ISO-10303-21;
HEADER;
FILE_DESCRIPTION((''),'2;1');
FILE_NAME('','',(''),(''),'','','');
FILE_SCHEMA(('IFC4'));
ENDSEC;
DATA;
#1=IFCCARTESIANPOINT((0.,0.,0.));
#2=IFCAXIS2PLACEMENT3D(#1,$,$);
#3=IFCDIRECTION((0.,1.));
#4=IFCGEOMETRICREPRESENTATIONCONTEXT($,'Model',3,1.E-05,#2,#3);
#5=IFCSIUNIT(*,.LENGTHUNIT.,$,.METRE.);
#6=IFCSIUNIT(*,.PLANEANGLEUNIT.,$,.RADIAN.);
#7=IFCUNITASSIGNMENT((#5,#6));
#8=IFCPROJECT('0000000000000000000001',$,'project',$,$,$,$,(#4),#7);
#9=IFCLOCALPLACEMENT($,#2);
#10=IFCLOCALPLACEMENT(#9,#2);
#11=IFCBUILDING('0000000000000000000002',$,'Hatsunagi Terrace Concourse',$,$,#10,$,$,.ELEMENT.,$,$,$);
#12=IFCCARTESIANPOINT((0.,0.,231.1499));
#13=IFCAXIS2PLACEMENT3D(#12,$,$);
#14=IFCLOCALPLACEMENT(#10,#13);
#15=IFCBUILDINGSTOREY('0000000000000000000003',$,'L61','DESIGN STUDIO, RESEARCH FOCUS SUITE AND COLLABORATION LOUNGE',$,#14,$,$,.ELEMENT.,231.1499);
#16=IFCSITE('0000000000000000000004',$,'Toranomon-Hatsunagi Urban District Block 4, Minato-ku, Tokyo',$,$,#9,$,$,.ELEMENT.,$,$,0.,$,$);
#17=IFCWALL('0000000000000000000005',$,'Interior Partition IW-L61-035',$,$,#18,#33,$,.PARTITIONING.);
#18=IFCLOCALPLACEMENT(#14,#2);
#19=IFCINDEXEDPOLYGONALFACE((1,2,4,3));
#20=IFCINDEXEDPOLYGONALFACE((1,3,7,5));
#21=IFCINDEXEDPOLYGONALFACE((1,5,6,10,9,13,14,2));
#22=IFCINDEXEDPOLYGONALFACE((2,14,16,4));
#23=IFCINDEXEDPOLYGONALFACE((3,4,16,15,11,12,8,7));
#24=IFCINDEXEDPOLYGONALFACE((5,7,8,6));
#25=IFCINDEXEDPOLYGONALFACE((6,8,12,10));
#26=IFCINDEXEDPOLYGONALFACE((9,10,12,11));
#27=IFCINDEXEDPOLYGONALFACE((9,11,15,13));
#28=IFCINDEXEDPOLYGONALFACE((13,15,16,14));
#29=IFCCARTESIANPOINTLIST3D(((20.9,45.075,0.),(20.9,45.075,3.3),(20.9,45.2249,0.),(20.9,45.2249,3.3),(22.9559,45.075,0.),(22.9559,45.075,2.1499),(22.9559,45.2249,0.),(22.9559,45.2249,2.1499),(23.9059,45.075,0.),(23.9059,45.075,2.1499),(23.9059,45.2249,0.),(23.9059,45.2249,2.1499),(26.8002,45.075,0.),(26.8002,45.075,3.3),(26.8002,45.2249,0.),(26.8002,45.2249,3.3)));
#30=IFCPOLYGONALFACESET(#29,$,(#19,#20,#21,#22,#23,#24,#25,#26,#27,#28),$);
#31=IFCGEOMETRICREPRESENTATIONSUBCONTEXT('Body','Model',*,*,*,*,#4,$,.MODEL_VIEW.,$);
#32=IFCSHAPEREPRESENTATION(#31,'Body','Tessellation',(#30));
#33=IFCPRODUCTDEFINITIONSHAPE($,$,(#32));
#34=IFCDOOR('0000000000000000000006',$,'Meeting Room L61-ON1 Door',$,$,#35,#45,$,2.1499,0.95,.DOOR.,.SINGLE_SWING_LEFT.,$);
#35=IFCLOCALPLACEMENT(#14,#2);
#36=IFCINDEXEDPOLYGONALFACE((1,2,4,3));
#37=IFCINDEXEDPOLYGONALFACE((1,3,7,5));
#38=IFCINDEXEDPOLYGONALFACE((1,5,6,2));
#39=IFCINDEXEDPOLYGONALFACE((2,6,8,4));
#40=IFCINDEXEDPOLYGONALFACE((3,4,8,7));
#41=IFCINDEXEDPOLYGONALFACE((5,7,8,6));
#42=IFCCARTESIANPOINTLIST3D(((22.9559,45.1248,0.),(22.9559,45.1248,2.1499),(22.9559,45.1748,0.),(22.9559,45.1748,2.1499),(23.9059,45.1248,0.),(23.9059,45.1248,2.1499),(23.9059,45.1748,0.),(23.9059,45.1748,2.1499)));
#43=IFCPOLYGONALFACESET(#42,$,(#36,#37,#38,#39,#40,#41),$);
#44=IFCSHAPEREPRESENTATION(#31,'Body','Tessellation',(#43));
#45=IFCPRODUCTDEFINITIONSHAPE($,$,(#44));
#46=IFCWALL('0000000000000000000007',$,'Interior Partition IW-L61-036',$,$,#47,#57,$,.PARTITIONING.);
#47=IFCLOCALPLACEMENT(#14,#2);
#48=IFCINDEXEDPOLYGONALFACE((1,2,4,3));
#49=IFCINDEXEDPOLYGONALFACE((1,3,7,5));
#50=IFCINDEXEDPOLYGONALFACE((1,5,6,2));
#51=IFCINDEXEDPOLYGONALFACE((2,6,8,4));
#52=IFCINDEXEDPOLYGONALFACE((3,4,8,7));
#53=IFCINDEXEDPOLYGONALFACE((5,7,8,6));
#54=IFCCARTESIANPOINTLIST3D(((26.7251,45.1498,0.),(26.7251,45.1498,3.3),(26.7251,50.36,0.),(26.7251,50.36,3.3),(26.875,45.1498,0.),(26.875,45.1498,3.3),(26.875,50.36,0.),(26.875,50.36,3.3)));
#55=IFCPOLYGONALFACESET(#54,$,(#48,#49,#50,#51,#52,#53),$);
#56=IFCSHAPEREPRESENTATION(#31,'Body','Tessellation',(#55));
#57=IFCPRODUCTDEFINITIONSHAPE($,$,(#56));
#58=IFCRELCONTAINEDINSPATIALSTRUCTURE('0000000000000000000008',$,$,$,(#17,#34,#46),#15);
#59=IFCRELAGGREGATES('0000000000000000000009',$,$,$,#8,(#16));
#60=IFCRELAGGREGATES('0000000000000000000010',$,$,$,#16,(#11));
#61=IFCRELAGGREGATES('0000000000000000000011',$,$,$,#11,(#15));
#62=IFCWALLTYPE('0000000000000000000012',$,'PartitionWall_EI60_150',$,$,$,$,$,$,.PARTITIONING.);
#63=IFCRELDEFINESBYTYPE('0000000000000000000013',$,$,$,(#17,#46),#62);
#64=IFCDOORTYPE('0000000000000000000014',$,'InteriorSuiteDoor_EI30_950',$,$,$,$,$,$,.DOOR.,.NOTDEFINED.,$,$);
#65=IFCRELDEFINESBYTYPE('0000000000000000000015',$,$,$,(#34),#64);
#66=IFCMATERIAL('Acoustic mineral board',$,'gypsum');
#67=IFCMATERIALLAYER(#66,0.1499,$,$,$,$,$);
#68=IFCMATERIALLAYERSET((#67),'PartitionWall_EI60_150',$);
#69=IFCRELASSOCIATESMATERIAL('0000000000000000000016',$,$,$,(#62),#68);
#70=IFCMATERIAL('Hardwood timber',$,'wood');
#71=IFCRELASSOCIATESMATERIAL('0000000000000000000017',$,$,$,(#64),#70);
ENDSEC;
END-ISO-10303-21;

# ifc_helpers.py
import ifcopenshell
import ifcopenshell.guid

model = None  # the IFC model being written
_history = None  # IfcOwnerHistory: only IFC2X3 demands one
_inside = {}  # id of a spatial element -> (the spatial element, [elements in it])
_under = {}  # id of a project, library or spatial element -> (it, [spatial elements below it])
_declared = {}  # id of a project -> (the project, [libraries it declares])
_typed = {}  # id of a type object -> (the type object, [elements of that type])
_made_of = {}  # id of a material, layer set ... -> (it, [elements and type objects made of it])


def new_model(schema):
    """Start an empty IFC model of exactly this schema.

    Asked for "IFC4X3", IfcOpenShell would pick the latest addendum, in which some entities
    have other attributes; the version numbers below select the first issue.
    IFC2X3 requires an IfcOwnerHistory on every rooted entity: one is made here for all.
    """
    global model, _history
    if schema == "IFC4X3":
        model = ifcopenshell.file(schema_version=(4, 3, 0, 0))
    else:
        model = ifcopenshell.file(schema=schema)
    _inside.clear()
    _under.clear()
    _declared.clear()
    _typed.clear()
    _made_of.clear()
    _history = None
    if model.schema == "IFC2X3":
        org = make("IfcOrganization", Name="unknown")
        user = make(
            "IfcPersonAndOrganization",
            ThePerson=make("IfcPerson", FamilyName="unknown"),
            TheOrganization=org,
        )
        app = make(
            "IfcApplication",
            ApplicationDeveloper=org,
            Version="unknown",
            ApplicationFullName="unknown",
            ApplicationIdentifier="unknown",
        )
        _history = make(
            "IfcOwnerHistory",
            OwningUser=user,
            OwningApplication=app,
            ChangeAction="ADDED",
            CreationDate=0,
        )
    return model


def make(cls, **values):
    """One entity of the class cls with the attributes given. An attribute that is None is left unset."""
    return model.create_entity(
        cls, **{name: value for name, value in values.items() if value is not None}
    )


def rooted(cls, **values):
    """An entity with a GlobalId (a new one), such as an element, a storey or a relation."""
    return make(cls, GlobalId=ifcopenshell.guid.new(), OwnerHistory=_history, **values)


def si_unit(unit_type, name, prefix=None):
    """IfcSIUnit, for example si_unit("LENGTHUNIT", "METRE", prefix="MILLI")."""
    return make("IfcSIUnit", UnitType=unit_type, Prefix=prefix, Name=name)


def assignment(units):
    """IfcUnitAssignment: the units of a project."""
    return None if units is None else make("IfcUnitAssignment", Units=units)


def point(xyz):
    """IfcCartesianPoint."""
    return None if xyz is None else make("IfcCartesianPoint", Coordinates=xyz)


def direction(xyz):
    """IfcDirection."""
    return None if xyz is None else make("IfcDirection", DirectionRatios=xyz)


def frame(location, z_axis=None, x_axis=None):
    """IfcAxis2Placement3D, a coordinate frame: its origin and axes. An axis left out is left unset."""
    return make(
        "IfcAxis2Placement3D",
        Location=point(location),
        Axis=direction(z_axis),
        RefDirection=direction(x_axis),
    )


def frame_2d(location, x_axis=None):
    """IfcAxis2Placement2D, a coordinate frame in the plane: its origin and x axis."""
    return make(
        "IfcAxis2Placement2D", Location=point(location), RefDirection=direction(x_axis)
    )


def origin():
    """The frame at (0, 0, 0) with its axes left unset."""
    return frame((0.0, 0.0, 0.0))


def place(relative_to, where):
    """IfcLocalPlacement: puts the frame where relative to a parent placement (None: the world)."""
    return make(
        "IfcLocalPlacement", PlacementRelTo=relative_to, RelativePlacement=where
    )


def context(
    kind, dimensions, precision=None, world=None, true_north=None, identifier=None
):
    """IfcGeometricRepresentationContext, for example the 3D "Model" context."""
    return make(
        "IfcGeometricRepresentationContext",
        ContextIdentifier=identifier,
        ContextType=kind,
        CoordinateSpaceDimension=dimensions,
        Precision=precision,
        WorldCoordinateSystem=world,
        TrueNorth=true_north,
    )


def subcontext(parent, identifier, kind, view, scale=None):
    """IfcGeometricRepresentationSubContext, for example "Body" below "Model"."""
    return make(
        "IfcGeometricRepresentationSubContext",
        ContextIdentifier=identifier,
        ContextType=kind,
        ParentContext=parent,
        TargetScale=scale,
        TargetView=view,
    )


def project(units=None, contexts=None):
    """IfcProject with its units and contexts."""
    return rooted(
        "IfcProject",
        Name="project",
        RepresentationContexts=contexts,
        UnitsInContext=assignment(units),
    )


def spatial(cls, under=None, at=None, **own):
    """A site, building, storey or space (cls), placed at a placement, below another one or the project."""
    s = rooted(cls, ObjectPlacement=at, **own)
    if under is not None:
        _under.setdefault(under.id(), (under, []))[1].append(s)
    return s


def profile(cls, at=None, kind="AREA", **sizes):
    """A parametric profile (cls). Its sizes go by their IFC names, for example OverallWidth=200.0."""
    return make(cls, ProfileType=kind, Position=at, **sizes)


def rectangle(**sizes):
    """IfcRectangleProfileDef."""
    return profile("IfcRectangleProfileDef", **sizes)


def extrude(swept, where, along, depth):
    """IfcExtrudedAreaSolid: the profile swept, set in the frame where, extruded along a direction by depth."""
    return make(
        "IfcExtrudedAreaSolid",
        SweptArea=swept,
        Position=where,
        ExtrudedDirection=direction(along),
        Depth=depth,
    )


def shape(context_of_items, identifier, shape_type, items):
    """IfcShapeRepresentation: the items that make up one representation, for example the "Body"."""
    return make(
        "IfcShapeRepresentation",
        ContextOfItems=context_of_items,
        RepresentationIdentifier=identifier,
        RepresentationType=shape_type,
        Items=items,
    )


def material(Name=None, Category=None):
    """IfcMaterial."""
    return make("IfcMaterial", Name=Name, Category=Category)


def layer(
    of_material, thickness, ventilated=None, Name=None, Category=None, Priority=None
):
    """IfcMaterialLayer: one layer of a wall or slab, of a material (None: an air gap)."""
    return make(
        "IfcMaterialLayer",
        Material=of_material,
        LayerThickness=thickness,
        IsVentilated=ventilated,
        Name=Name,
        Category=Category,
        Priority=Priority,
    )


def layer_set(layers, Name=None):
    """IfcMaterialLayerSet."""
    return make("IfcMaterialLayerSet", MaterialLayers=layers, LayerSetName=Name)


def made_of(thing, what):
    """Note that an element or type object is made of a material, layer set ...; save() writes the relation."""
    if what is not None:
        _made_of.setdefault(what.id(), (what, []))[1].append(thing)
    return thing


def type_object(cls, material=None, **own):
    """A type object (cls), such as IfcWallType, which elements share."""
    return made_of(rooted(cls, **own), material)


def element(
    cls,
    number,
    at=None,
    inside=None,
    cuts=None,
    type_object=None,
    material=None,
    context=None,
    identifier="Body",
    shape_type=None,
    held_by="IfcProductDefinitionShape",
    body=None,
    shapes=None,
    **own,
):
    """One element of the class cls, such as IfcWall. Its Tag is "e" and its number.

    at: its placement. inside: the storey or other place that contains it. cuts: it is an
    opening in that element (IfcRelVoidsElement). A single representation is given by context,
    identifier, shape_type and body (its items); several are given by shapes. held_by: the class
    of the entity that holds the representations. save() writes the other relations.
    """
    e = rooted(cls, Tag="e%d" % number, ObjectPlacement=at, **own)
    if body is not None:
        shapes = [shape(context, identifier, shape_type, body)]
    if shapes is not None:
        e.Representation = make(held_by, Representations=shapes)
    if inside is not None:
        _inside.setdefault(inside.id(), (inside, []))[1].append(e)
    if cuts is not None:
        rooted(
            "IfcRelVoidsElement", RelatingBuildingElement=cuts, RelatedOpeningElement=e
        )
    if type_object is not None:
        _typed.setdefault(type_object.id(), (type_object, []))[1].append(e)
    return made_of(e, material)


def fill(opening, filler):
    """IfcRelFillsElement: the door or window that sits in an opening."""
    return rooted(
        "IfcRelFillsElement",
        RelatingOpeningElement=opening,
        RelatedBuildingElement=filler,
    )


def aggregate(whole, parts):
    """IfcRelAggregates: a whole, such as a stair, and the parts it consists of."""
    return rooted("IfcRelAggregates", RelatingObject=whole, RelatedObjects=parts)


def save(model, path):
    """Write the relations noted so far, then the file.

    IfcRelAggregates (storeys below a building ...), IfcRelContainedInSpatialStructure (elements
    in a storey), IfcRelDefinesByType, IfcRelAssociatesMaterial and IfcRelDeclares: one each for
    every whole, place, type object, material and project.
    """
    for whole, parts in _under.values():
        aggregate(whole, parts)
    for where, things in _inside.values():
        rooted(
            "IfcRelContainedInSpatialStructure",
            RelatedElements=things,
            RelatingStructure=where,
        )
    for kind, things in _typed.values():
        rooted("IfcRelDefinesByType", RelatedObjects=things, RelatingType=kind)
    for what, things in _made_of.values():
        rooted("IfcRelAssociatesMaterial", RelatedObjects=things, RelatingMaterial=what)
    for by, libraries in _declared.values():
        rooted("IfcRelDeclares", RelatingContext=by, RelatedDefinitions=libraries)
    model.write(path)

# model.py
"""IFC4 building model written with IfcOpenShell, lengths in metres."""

from ifc_helpers import new_model, si_unit, direction, frame, frame_2d, origin, place, context, subcontext, project, spatial, rectangle, extrude, material, layer, layer_set, type_object, element, fill, save


model = new_model("IFC4")

# Units and contexts
model_context = context("Model", 3, precision=1e-05, world=origin(), true_north=direction((0.0, 1.0)))
body_context = subcontext(model_context, "Body", "Model", "MODEL_VIEW")
ifc_project = project(units=[si_unit("LENGTHUNIT", "METRE"), si_unit("PLANEANGLEUNIT", "RADIAN")], contexts=[model_context])

# Site, building, storey
site_placement = place(None, origin())
site = spatial("IfcSite", under=ifc_project, at=site_placement, Name="Toranomon-Hatsunagi Urban District Block 4, Minato-ku, Tokyo", CompositionType="ELEMENT", RefElevation=0.0)
building_placement = place(site_placement, origin())
building = spatial("IfcBuilding", under=site, at=building_placement, Name="Hatsunagi Terrace Concourse", CompositionType="ELEMENT")
storey_placement = place(building_placement, frame((0.0, 0.0, 231.1499)))
storey = spatial("IfcBuildingStorey", under=building, at=storey_placement, Name="L61", Description="DESIGN STUDIO, RESEARCH FOCUS SUITE AND COLLABORATION LOUNGE", CompositionType="ELEMENT", Elevation=231.1499)

# Shared definitions
ifc_material_1 = material(Name="Acoustic mineral board", Category="gypsum")
ifc_layer_1 = layer(ifc_material_1, 0.1499)
ifc_layer_set_1 = layer_set([ifc_layer_1], Name="PartitionWall_EI60_150")
wall_type_1 = type_object("IfcWallType", Name="PartitionWall_EI60_150", PredefinedType="PARTITIONING", material=ifc_layer_set_1)

# Wall, opening, door
ifc_material_2 = material(Name="Hardwood timber", Category="wood")
door_type = type_object("IfcDoorType", Name="InteriorSuiteDoor_EI30_950", OperationType="NOTDEFINED", PredefinedType="DOOR", material=ifc_material_2)
wall_1_placement = place(storey_placement, frame((20.8999, 45.1499, 0.0), z_axis=(0.0, 0.0, 1.0), x_axis=(1.0, 0.0, 0.0)))
wall_1 = element("IfcWall", 1, at=wall_1_placement, inside=storey, type_object=wall_type_1, Name="Interior Partition IW-L61-035", PredefinedType="PARTITIONING", context=body_context, shape_type="SweptSolid", body=[
    extrude(rectangle(XDim=5.9001, YDim=0.1499, at=frame_2d((2.9502, 0.0))), origin(), (0.0, 0.0, 1.0), 3.3),
])
opening_1_placement = place(wall_1_placement, frame((2.0559, 0.0, 0.0)))
opening_1 = element("IfcOpeningElement", 2, at=opening_1_placement, cuts=wall_1, PredefinedType="OPENING", context=body_context, shape_type="SweptSolid", body=[
    extrude(rectangle(XDim=0.95, YDim=2.1499, at=frame_2d((0.4751, 1.075))), frame((0.0, 0.085, 0.0), z_axis=(0.0, -1.0, 0.0), x_axis=(1.0, 0.0, 0.0)), (0.0, 0.0, 1.0), 0.1699),
])
door_1_placement = place(opening_1_placement, origin())
door_1 = element("IfcDoor", 3, at=door_1_placement, inside=storey, type_object=door_type, Name="Meeting Room L61-ON1 Door", OperationType="SINGLE_SWING_LEFT", OverallHeight=2.1499, OverallWidth=0.95, PredefinedType="DOOR", context=body_context, shape_type="SweptSolid", body=[
    extrude(rectangle(XDim=0.95, YDim=2.1499, at=frame_2d((0.4751, 1.075))), frame((0.0, 0.0249, 0.0), z_axis=(0.0, -1.0, 0.0), x_axis=(1.0, 0.0, 0.0)), (0.0, 0.0, 1.0), 0.05),
])
fill(opening_1, door_1)

# Wall
wall_2_placement = place(storey_placement, frame((26.8, 45.1499, 0.0), z_axis=(0.0, 0.0, 1.0), x_axis=(0.0, 1.0, 0.0)))
element("IfcWall", 4, at=wall_2_placement, inside=storey, type_object=wall_type_1, Name="Interior Partition IW-L61-036", PredefinedType="PARTITIONING", context=body_context, shape_type="SweptSolid", body=[
    extrude(rectangle(XDim=5.2102, YDim=0.1499, at=frame_2d((2.605, 0.0))), origin(), (0.0, 0.0, 1.0), 3.3),
])

save(model, "model.ifc")
